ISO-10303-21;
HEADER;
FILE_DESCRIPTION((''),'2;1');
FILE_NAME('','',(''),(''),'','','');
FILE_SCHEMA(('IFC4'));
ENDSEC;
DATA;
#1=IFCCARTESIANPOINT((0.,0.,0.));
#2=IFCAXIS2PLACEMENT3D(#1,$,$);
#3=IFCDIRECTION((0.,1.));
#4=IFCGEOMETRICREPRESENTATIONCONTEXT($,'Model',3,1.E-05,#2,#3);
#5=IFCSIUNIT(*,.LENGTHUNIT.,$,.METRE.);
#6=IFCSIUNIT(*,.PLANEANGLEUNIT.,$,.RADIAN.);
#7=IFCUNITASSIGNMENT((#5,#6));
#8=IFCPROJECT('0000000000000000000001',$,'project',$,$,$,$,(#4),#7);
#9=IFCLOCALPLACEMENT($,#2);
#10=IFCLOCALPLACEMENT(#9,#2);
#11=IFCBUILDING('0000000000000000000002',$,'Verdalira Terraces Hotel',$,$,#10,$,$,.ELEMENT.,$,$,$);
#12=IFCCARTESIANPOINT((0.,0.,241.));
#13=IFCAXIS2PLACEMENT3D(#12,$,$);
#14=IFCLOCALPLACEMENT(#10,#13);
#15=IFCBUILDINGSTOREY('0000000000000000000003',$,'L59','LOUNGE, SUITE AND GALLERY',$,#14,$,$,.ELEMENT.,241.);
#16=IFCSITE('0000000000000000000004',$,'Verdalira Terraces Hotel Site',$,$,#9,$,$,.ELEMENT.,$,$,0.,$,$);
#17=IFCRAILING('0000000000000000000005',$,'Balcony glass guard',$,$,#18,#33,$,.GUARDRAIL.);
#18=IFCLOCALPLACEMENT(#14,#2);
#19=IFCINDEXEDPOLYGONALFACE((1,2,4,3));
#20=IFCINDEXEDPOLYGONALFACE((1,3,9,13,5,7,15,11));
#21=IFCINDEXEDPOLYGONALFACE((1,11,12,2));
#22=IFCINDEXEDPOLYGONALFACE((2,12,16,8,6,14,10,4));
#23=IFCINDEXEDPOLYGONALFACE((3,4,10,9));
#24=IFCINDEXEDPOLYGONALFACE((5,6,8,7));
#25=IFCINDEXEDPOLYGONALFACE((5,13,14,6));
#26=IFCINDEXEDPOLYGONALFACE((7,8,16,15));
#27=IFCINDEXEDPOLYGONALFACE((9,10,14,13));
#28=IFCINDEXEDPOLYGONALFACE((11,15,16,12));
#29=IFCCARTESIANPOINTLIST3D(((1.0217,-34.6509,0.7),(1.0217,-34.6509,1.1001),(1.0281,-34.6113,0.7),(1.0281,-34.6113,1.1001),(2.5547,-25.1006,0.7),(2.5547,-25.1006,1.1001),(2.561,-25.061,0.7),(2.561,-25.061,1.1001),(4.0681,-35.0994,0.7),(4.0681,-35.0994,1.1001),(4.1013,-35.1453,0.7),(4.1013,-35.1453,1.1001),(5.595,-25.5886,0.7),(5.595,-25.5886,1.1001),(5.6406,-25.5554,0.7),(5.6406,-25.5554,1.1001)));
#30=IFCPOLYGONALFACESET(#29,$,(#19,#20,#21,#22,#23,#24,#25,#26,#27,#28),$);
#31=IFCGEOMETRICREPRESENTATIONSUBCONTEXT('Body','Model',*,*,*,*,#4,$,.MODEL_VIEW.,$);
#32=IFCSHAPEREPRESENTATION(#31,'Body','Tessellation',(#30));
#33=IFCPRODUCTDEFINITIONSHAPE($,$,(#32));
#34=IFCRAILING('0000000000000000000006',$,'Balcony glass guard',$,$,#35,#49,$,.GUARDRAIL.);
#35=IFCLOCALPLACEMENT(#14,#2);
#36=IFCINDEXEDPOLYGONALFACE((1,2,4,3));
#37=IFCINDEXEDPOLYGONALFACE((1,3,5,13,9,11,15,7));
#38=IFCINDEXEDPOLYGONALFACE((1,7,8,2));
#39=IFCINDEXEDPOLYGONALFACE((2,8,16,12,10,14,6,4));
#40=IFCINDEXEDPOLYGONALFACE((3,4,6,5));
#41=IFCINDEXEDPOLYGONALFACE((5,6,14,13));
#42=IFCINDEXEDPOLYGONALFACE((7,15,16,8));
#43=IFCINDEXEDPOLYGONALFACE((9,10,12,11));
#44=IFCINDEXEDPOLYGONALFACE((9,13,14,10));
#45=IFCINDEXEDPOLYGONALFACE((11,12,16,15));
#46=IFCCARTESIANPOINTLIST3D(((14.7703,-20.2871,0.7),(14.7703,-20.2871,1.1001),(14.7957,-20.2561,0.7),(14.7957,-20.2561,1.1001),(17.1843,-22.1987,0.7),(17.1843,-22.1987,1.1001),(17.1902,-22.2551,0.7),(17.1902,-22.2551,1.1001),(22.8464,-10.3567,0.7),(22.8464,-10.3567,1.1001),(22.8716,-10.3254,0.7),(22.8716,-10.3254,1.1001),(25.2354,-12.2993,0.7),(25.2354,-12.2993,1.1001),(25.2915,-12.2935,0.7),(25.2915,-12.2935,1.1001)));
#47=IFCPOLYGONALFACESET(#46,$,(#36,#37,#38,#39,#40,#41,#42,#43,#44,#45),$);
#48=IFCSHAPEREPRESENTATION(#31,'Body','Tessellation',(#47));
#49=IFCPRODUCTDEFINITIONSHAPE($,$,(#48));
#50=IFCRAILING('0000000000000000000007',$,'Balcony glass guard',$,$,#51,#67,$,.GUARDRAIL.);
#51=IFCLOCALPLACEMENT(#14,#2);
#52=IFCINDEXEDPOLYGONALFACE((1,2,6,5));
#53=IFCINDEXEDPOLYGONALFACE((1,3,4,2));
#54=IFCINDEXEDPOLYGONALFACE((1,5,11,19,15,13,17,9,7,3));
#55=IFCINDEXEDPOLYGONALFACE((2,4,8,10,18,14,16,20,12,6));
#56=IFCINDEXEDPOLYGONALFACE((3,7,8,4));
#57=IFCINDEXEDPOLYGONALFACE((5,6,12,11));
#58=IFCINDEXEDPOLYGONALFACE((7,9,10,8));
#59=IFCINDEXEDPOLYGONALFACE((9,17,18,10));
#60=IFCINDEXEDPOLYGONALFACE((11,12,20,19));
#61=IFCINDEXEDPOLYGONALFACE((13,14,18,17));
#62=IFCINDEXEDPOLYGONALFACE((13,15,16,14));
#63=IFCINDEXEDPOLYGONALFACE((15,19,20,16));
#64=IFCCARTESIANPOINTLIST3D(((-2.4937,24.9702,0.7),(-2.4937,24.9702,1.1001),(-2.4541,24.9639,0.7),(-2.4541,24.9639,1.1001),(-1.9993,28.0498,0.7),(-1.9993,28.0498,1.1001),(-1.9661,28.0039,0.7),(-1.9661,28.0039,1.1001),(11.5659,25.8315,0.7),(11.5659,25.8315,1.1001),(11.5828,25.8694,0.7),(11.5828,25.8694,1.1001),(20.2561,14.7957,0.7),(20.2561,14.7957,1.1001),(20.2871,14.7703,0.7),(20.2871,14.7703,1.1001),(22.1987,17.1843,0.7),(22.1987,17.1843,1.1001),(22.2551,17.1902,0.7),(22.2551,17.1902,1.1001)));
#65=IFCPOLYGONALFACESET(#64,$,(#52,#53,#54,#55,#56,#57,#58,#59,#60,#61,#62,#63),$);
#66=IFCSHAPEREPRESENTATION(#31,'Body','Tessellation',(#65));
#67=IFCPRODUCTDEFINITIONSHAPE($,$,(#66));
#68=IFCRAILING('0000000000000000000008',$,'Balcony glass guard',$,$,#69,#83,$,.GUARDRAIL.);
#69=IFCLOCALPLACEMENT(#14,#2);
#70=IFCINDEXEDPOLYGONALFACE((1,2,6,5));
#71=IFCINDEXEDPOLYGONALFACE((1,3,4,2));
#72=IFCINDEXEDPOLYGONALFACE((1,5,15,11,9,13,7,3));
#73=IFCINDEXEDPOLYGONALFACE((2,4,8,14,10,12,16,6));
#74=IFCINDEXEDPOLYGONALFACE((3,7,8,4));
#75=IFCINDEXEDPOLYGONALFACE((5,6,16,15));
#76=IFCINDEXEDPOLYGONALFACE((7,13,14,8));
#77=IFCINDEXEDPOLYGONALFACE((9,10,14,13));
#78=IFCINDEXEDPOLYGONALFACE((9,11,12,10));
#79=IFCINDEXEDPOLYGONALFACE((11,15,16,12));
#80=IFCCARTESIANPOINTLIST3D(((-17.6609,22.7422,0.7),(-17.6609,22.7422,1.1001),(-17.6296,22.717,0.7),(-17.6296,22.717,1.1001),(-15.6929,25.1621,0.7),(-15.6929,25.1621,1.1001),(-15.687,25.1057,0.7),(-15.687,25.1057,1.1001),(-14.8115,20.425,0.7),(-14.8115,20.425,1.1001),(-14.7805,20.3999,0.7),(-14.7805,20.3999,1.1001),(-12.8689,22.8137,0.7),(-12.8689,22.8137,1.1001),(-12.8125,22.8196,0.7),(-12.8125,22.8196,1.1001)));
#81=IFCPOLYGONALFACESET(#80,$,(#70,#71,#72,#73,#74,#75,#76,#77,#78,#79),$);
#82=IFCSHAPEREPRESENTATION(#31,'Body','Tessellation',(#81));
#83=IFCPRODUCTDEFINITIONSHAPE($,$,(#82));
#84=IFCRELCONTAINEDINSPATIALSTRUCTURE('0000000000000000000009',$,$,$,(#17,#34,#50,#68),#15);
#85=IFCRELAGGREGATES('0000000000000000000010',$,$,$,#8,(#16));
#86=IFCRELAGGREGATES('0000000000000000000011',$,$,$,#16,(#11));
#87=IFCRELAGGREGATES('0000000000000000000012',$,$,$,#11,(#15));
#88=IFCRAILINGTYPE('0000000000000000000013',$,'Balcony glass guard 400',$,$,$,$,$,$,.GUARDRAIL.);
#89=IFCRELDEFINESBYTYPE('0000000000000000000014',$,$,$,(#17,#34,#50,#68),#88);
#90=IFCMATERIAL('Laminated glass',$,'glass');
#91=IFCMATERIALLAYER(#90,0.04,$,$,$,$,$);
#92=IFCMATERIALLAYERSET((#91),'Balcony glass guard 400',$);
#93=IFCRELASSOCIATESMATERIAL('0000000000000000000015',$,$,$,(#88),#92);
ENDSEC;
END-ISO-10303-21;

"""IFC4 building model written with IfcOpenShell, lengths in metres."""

from ifc_helpers import new_model, si_unit, direction, frame, origin, place, context, subcontext, project, spatial, polyline, outline, extrude, material, layer, layer_set, type_object, element, save


model = new_model("IFC4")

# Units and contexts
model_context = context("Model", 3, precision=1e-05, world=origin(), true_north=direction((0.0, 1.0)))
body_context = subcontext(model_context, "Body", "Model", "MODEL_VIEW")
ifc_project = project(units=[si_unit("LENGTHUNIT", "METRE"), si_unit("PLANEANGLEUNIT", "RADIAN")], contexts=[model_context])

# Site, building, storey
site_placement = place(None, origin())
site = spatial("IfcSite", under=ifc_project, at=site_placement, Name="Verdalira Terraces Hotel Site", CompositionType="ELEMENT", RefElevation=0.0)
building_placement = place(site_placement, origin())
building = spatial("IfcBuilding", under=site, at=building_placement, Name="Verdalira Terraces Hotel", CompositionType="ELEMENT")
storey_placement = place(building_placement, frame((0.0, 0.0, 241.0)))
storey = spatial("IfcBuildingStorey", under=building, at=storey_placement, Name="L59", Description="LOUNGE, SUITE AND GALLERY", CompositionType="ELEMENT", Elevation=241.0)

# Railings
ifc_material_1 = material(Name="Laminated glass", Category="glass")
ifc_layer_1 = layer(ifc_material_1, 0.04)
ifc_layer_set_1 = layer_set([ifc_layer_1], Name="Balcony glass guard 400")
railing_type = type_object("IfcRailingType", Name="Balcony glass guard 400", PredefinedType="GUARDRAIL", material=ifc_layer_set_1)
railing_1_placement = place(storey_placement, frame((0.0, 0.0, 0.7)))
element("IfcRailing", 1, at=railing_1_placement, inside=storey, type_object=railing_type, Name="Balcony glass guard", PredefinedType="GUARDRAIL", context=body_context, shape_type="SweptSolid", body=[
    extrude(outline(polyline([(4.0681, -35.0994), (5.595, -25.5886), (2.5547, -25.1006), (2.561, -25.061), (5.6406, -25.5554), (4.1013, -35.1453), (1.0217, -34.6509), (1.0281, -34.6113), (4.0681, -35.0994)])), origin(), (0.0, 0.0, 1.0), 0.4001),
])
railing_2_placement = place(storey_placement, frame((0.0, 0.0, 0.7)))
element("IfcRailing", 2, at=railing_2_placement, inside=storey, type_object=railing_type, Name="Balcony glass guard", PredefinedType="GUARDRAIL", context=body_context, shape_type="SweptSolid", body=[
    extrude(outline(polyline([(17.1843, -22.1987), (25.2354, -12.2993), (22.8464, -10.3567), (22.8716, -10.3254), (25.2915, -12.2935), (17.1902, -22.2551), (14.7703, -20.2871), (14.7957, -20.2561), (17.1843, -22.1987)])), origin(), (0.0, 0.0, 1.0), 0.4001),
])
railing_3_placement = place(storey_placement, frame((0.0, 0.0, 0.7)))
element("IfcRailing", 3, at=railing_3_placement, inside=storey, type_object=railing_type, Name="Balcony glass guard", PredefinedType="GUARDRAIL", context=body_context, shape_type="SweptSolid", body=[
    extrude(outline(polyline([(22.1987, 17.1843), (11.5659, 25.8315), (-1.9661, 28.0039), (-2.4541, 24.9639), (-2.4937, 24.9702), (-1.9993, 28.0498), (11.5828, 25.8694), (22.2551, 17.1902), (20.2871, 14.7703), (20.2561, 14.7957), (22.1987, 17.1843)])), origin(), (0.0, 0.0, 1.0), 0.4001),
])
railing_4_placement = place(storey_placement, frame((0.0, 0.0, 0.7)))
element("IfcRailing", 4, at=railing_4_placement, inside=storey, type_object=railing_type, Name="Balcony glass guard", PredefinedType="GUARDRAIL", context=body_context, shape_type="SweptSolid", body=[
    extrude(outline(polyline([(-12.8689, 22.8137), (-15.687, 25.1057), (-17.6296, 22.717), (-17.6609, 22.7422), (-15.6929, 25.1621), (-12.8125, 22.8196), (-14.7805, 20.3999), (-14.8115, 20.425), (-12.8689, 22.8137)])), origin(), (0.0, 0.0, 1.0), 0.4001),
])

save(model, "model.ifc")
